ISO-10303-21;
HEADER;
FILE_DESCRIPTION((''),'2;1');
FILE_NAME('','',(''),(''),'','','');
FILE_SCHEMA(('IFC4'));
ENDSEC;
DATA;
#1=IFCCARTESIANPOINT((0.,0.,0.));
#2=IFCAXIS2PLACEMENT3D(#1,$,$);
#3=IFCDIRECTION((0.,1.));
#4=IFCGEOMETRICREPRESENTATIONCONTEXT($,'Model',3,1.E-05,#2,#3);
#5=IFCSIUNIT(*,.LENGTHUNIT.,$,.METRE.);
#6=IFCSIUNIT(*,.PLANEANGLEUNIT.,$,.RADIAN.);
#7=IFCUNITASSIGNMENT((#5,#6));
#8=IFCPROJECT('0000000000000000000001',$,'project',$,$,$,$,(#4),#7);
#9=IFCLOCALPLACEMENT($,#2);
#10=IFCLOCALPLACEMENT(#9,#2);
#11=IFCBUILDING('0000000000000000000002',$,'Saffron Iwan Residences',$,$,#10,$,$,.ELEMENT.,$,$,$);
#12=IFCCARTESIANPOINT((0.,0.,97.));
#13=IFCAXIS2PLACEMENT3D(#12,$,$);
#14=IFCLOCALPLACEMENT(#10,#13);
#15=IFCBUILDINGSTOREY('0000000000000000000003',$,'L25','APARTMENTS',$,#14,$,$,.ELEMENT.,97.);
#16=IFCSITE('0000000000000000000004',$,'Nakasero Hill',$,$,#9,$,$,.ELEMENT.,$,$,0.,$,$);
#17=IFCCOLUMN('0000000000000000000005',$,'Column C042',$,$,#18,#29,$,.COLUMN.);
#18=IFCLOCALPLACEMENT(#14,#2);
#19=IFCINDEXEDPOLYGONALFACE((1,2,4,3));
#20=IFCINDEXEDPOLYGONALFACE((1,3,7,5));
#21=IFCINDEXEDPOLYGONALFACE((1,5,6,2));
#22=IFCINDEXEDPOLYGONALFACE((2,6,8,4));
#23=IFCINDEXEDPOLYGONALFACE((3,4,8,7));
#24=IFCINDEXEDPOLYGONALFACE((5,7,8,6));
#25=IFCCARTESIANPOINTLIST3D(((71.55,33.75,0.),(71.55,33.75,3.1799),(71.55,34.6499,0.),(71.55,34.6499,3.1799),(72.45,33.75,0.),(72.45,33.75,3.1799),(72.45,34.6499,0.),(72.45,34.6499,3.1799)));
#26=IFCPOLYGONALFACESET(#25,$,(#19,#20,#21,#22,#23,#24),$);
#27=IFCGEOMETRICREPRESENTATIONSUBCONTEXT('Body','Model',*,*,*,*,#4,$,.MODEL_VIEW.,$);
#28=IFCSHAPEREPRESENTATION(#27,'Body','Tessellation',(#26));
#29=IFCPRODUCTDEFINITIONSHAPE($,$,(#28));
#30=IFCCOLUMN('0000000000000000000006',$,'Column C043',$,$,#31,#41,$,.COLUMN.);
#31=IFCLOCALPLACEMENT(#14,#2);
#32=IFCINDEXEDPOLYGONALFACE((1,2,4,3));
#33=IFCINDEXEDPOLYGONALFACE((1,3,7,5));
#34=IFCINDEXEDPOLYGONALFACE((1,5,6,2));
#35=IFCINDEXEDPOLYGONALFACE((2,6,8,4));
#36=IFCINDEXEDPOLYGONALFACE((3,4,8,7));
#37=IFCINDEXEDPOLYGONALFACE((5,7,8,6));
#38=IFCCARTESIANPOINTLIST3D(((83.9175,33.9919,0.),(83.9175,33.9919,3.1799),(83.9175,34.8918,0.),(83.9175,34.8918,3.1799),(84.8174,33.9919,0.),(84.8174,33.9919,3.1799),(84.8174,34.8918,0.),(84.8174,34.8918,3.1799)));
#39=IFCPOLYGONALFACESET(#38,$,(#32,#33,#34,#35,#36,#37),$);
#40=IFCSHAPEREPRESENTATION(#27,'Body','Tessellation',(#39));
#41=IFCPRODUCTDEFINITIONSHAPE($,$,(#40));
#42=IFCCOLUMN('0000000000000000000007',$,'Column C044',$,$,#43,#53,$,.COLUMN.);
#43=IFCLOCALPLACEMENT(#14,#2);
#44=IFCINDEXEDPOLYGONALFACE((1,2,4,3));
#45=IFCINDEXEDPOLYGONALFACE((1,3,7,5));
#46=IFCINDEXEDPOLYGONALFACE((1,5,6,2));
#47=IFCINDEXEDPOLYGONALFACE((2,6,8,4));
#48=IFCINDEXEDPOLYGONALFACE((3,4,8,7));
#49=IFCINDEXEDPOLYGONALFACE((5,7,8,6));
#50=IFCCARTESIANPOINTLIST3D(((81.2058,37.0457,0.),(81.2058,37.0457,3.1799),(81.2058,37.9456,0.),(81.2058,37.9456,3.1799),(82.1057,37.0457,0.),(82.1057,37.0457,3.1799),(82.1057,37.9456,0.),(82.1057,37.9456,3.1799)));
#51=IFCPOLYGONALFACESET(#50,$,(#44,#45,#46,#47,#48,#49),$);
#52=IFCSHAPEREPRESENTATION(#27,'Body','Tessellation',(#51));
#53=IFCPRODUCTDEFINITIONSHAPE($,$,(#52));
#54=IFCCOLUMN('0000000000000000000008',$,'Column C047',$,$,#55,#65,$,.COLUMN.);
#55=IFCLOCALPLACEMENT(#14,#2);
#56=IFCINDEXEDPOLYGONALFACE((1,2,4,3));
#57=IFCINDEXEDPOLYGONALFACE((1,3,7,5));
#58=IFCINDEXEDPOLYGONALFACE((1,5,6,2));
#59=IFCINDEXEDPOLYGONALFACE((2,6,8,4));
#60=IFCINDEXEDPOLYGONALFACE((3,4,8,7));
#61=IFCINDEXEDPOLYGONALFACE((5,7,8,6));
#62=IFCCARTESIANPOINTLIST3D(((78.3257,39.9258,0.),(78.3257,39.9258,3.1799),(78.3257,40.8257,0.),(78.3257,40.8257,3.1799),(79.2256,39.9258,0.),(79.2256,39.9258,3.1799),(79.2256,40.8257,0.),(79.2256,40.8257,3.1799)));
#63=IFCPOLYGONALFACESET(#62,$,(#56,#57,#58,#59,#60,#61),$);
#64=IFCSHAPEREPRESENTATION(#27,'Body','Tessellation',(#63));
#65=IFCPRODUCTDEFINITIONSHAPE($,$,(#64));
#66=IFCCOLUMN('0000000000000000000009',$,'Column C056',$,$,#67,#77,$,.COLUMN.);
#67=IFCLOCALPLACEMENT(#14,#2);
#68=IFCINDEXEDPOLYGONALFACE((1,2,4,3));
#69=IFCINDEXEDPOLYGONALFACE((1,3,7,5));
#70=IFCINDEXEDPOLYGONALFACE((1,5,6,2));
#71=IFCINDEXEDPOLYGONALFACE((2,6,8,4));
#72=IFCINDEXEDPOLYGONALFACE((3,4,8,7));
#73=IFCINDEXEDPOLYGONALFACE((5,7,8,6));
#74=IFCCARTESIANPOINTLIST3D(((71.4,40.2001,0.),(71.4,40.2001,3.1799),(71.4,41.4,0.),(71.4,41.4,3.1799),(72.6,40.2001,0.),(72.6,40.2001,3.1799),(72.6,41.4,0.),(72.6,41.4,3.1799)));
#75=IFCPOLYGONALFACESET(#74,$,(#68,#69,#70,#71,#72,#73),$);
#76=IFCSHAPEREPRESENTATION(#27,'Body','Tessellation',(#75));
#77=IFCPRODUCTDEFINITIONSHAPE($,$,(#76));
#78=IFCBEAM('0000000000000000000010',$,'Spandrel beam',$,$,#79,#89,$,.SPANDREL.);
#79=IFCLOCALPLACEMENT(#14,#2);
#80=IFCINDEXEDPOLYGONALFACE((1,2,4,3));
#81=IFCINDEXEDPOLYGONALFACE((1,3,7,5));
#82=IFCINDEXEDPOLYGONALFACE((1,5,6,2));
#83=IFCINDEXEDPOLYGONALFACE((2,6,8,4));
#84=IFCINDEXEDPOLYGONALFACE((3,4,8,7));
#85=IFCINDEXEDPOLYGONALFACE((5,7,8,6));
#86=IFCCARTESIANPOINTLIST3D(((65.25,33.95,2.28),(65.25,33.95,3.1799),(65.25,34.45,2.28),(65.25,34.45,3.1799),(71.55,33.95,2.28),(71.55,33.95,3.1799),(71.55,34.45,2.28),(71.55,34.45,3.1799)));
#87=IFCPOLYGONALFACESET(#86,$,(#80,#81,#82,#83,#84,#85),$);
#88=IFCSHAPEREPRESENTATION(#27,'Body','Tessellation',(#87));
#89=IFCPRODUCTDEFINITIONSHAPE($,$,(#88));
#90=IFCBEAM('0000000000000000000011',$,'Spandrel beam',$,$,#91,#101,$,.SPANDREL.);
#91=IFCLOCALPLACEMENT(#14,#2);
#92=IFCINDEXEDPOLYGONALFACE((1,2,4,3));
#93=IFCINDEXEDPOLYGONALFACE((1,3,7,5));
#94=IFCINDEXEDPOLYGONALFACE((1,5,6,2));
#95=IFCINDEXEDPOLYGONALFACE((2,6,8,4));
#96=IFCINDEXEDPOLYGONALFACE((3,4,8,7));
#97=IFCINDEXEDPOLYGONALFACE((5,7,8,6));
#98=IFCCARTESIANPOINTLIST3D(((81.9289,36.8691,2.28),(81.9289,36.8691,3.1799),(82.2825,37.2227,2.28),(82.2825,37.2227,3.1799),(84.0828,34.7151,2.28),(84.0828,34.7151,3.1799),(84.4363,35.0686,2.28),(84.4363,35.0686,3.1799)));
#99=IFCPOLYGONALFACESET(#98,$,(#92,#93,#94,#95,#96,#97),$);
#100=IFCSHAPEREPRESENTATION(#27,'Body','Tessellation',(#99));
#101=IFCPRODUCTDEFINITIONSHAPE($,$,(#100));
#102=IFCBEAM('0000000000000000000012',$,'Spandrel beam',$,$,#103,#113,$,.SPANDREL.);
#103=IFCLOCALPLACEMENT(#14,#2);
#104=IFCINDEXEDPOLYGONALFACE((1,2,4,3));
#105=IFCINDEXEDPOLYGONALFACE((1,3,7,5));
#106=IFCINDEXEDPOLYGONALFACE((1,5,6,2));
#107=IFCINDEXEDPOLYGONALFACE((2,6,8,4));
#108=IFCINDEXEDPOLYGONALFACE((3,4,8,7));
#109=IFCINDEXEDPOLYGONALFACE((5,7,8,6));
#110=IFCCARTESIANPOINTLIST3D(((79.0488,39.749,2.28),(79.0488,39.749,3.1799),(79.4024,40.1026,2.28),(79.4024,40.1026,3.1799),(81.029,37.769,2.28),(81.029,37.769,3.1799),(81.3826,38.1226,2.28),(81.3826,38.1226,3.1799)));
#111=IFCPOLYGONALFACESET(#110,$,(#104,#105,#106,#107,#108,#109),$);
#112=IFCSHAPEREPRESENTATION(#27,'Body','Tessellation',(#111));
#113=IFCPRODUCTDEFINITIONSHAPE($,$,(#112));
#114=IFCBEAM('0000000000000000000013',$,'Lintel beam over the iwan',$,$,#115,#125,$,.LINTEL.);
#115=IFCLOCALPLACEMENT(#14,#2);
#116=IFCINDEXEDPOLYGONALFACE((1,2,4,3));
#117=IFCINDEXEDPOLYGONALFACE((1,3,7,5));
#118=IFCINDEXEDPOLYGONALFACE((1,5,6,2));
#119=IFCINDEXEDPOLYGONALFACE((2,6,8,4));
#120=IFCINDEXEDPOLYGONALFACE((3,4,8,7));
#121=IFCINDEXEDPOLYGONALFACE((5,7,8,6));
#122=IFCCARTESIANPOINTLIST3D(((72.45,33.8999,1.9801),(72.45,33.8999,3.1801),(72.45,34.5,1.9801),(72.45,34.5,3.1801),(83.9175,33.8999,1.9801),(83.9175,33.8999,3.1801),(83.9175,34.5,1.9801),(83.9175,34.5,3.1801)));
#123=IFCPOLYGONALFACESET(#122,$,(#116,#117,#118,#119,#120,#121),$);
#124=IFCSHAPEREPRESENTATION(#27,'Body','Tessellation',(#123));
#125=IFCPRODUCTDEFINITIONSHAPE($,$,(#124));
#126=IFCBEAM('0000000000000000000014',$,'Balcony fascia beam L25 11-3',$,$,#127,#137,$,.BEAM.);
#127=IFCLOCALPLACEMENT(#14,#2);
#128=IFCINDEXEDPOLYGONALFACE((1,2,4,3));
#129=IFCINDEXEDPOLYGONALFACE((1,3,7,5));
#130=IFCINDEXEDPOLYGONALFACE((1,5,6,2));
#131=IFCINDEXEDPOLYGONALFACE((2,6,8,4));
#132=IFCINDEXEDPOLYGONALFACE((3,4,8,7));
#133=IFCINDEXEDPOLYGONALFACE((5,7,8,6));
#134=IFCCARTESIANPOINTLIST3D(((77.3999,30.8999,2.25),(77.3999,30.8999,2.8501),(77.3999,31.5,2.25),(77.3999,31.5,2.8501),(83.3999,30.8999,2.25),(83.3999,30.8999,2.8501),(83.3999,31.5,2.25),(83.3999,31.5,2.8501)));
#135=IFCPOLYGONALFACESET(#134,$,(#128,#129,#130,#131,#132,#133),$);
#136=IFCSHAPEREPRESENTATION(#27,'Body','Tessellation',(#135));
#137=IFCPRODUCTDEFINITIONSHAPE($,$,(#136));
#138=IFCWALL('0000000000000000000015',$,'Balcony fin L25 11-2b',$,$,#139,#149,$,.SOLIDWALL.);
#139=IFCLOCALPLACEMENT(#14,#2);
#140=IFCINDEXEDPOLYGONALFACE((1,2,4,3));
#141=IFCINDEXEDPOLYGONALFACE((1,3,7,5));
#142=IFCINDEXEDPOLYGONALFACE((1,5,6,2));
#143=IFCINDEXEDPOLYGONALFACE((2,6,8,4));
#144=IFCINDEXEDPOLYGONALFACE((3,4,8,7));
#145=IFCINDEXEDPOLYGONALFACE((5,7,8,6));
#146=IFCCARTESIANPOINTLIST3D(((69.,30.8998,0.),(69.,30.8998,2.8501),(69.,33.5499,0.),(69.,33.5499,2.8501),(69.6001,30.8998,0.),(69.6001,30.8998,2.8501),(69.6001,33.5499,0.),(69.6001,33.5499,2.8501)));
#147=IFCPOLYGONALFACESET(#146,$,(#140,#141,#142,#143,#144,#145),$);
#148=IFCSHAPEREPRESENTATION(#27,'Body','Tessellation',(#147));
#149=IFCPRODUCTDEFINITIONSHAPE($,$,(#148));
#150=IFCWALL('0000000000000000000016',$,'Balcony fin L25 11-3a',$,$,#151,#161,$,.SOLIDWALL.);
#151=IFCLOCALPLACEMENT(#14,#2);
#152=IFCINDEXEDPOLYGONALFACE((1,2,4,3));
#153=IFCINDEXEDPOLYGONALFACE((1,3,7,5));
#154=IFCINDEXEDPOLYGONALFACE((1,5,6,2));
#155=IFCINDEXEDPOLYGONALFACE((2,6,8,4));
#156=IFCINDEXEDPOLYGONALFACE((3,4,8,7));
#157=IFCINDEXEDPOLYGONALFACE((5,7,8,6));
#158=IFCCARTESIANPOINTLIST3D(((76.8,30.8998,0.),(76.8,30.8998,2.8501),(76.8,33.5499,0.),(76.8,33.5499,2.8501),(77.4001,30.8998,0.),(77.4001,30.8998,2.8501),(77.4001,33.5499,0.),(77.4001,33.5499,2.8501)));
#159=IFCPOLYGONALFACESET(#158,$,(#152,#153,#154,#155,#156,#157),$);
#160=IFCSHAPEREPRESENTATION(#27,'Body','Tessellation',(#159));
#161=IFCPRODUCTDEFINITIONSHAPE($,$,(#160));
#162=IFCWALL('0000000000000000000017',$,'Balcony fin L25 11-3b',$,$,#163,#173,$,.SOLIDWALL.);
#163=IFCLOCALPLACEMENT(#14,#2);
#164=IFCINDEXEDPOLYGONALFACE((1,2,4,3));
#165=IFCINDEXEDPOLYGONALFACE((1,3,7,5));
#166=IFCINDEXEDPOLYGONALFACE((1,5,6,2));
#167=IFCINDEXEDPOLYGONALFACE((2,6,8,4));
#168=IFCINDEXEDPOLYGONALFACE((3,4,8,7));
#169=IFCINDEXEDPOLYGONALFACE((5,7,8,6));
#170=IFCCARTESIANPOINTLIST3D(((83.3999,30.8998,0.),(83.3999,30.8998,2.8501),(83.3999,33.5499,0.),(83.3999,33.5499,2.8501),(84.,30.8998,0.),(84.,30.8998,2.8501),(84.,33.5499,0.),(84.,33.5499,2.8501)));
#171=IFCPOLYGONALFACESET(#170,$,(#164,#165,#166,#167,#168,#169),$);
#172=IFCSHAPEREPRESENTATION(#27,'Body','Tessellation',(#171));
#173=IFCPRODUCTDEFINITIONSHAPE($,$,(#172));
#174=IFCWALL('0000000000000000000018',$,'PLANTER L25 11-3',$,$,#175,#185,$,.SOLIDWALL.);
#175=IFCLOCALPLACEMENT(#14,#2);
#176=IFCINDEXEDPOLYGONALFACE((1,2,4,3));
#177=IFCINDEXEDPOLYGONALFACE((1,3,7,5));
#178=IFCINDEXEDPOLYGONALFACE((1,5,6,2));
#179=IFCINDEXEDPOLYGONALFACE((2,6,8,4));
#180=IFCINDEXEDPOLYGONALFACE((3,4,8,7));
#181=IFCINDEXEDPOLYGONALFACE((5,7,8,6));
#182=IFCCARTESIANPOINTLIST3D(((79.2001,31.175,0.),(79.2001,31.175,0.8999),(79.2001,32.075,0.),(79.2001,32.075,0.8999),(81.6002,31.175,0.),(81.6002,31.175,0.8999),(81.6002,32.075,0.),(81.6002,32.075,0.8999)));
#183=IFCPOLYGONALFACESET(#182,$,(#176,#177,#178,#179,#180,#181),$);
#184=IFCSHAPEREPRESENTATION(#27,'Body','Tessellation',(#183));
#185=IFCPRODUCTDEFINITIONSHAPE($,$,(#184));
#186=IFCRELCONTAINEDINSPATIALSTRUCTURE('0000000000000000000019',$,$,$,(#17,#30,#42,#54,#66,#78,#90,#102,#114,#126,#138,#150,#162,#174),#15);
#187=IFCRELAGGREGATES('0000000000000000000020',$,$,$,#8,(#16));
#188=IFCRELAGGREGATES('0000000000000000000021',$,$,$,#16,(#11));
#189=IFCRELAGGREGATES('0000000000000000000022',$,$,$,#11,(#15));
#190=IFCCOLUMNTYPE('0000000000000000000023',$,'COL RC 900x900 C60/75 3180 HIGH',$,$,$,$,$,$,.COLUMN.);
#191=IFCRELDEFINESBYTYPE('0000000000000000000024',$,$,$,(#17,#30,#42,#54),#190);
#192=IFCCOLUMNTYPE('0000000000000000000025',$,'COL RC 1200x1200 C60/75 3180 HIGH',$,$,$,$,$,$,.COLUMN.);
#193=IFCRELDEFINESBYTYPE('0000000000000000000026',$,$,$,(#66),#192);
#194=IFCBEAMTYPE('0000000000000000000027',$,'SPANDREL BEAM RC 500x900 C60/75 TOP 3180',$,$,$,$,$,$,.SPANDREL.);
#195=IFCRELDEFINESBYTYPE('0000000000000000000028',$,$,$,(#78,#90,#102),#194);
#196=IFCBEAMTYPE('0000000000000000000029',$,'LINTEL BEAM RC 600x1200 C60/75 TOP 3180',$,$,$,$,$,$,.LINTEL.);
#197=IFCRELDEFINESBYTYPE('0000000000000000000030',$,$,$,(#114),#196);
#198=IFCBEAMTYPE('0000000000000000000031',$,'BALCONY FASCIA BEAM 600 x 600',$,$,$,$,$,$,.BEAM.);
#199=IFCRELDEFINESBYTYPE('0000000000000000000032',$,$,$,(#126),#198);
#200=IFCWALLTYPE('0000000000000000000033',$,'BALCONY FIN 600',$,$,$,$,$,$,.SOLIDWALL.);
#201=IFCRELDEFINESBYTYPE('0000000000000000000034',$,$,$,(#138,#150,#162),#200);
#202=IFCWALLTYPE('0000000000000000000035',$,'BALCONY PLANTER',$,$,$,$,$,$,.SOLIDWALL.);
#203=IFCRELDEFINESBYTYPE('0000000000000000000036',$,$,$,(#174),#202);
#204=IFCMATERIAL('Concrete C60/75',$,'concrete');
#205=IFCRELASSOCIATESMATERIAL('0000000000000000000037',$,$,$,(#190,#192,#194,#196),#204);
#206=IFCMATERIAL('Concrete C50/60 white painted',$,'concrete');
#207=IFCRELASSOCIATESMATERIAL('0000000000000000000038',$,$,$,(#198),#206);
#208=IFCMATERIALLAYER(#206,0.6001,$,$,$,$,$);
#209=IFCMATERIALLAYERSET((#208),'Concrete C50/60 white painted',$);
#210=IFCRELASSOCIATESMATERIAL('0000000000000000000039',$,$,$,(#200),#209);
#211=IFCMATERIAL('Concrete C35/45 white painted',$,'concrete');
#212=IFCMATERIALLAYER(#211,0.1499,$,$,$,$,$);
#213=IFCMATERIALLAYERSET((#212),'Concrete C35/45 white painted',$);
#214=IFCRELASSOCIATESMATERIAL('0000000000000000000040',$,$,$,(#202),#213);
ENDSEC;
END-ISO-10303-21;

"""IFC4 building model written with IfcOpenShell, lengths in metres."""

from ifc_helpers import new_model, si_unit, direction, frame, frame_2d, origin, origin_2d, place, context, subcontext, project, spatial, rectangle, extrude, source, transform, mapped, material, layer, layer_set, material_profile, profile_set, type_object, element, save


model = new_model("IFC4")

# Units and contexts
model_context = context("Model", 3, precision=1e-05, world=origin(), true_north=direction((0.0, 1.0)))
body_context = subcontext(model_context, "Body", "Model", "MODEL_VIEW")
ifc_project = project(units=[si_unit("LENGTHUNIT", "METRE"), si_unit("PLANEANGLEUNIT", "RADIAN")], contexts=[model_context])

# Site, building, storey
site_placement = place(None, origin())
site = spatial("IfcSite", under=ifc_project, at=site_placement, Name="Nakasero Hill", CompositionType="ELEMENT", RefElevation=0.0)
building_placement = place(site_placement, origin())
building = spatial("IfcBuilding", under=site, at=building_placement, Name="Saffron Iwan Residences", CompositionType="ELEMENT")
storey_placement = place(building_placement, frame((0.0, 0.0, 97.0)))
storey = spatial("IfcBuildingStorey", under=building, at=storey_placement, Name="L25", Description="APARTMENTS", CompositionType="ELEMENT", Elevation=97.0)

# Columns
ifc_material_1 = material(Name="Concrete C60/75", Category="concrete")
ifc_material_profile_1 = material_profile(ifc_material_1, rectangle(XDim=0.8999, YDim=0.8999, at=origin_2d()), Name="RC 900x900")
ifc_profile_set_1 = profile_set([ifc_material_profile_1], Name="Concrete C60/75")
column_type_1 = type_object("IfcColumnType", Name="COL RC 900x900 C60/75 3180 HIGH", PredefinedType="COLUMN", material=ifc_profile_set_1)
shared_shape_1 = source(origin(), body_context, "Body", "SweptSolid", [
    extrude(rectangle(XDim=0.8999, YDim=0.8999, at=origin_2d()), origin(), (0.0, 0.0, 1.0), 3.1799),
])
for number, where, z_axis, x_axis, name in (
    (1, (72.0, 34.2, 0.0), (0.0, 0.0, 1.0), (1.0, 0.0, 0.0), "Column C042"),
    (2, (84.3674, 34.4419, 0.0), (0.0, 0.0, 1.0), (1.0, 0.0, 0.0), "Column C043"),
    (3, (81.6558, 37.4956, 0.0), (0.0, 0.0, 1.0), (1.0, 0.0, 0.0), "Column C044"),
    (4, (78.7756, 40.3757, 0.0), (0.0, 0.0, 1.0), (1.0, 0.0, 0.0), "Column C047"),
):
    element("IfcColumn", number, at=place(storey_placement, frame(where, z_axis=z_axis, x_axis=x_axis)), inside=storey, type_object=column_type_1, Name=name, PredefinedType="COLUMN", context=body_context, shape_type="MappedRepresentation", body=[
        mapped(shared_shape_1, transform((0.0, 0.0, 0.0))),
    ])
ifc_material_profile_2 = material_profile(ifc_material_1, rectangle(XDim=1.2, YDim=1.2, at=origin_2d()), Name="RC 1200x1200")
ifc_profile_set_2 = profile_set([ifc_material_profile_2], Name="Concrete C60/75")
column_type_2 = type_object("IfcColumnType", Name="COL RC 1200x1200 C60/75 3180 HIGH", PredefinedType="COLUMN", material=ifc_profile_set_2)
shared_shape_2 = source(origin(), body_context, "Body", "SweptSolid", [
    extrude(rectangle(XDim=1.2, YDim=1.2, at=origin_2d()), origin(), (0.0, 0.0, 1.0), 3.1799),
])
column_placement = place(storey_placement, frame((72.0, 40.8, 0.0), z_axis=(0.0, 0.0, 1.0), x_axis=(1.0, 0.0, 0.0)))
element("IfcColumn", 5, at=column_placement, inside=storey, type_object=column_type_2, Name="Column C056", PredefinedType="COLUMN", context=body_context, shape_type="MappedRepresentation", body=[
    mapped(shared_shape_2, transform((0.0, 0.0, 0.0))),
])

# Beams
ifc_material_profile_3 = material_profile(ifc_material_1, rectangle(XDim=0.5, YDim=0.8999, at=origin_2d()), Name="RC 500x900")
ifc_profile_set_3 = profile_set([ifc_material_profile_3], Name="Concrete C60/75")
beam_type_1 = type_object("IfcBeamType", Name="SPANDREL BEAM RC 500x900 C60/75 TOP 3180", PredefinedType="SPANDREL", material=ifc_profile_set_3)
shared_shape_3 = source(origin(), body_context, "Body", "SweptSolid", [
    extrude(rectangle(XDim=0.5, YDim=0.8999, at=origin_2d()), origin(), (0.0, 0.0, 1.0), 6.3),
])
beam_1_placement = place(storey_placement, frame((71.55, 34.2, 2.73), z_axis=(-1.0, 0.0, 0.0), x_axis=(0.0, -1.0, 0.0)))
element("IfcBeam", 6, at=beam_1_placement, inside=storey, type_object=beam_type_1, Name="Spandrel beam", PredefinedType="SPANDREL", context=body_context, shape_type="MappedRepresentation", body=[
    mapped(shared_shape_3, transform((0.0, 0.0, 0.0))),
])
shared_shape_4 = source(origin(), body_context, "Body", "SweptSolid", [
    extrude(rectangle(XDim=0.5, YDim=0.8999, at=origin_2d()), origin(), (0.0, 0.0, 1.0), 3.0461),
])
beam_2_placement = place(storey_placement, frame((82.1057, 37.0459, 2.73), z_axis=(0.707067, -0.707147, 0.0), x_axis=(0.707147, 0.707067, 0.0)))
element("IfcBeam", 7, at=beam_2_placement, inside=storey, type_object=beam_type_1, Name="Spandrel beam", PredefinedType="SPANDREL", context=body_context, shape_type="MappedRepresentation", body=[
    mapped(shared_shape_4, transform((0.0, 0.0, 0.0))),
])
shared_shape_5 = source(origin(), body_context, "Body", "SweptSolid", [
    extrude(rectangle(XDim=0.5, YDim=0.8999, at=origin_2d()), origin(), (0.0, 0.0, 1.0), 2.8003),
])
beam_3_placement = place(storey_placement, frame((79.2256, 39.9258, 2.73), z_axis=(0.70715, -0.707063, 0.0), x_axis=(0.707063, 0.70715, 0.0)))
element("IfcBeam", 8, at=beam_3_placement, inside=storey, type_object=beam_type_1, Name="Spandrel beam", PredefinedType="SPANDREL", context=body_context, shape_type="MappedRepresentation", body=[
    mapped(shared_shape_5, transform((0.0, 0.0, 0.0))),
])
ifc_material_profile_4 = material_profile(ifc_material_1, rectangle(XDim=0.6001, YDim=1.2, at=origin_2d()), Name="RC 600x1200")
ifc_profile_set_4 = profile_set([ifc_material_profile_4], Name="Concrete C60/75")
beam_type_2 = type_object("IfcBeamType", Name="LINTEL BEAM RC 600x1200 C60/75 TOP 3180", PredefinedType="LINTEL", material=ifc_profile_set_4)
shared_shape_6 = source(origin(), body_context, "Body", "SweptSolid", [
    extrude(rectangle(XDim=0.6001, YDim=1.2, at=origin_2d()), origin(), (0.0, 0.0, 1.0), 11.4675),
])
beam_4_placement = place(storey_placement, frame((83.9175, 34.2, 2.5801), z_axis=(-1.0, 0.0, 0.0), x_axis=(0.0, -1.0, 0.0)))
element("IfcBeam", 9, at=beam_4_placement, inside=storey, type_object=beam_type_2, Name="Lintel beam over the iwan", PredefinedType="LINTEL", context=body_context, shape_type="MappedRepresentation", body=[
    mapped(shared_shape_6, transform((0.0, 0.0, 0.0))),
])
ifc_material_2 = material(Name="Concrete C50/60 white painted", Category="concrete")
ifc_material_profile_5 = material_profile(ifc_material_2, rectangle(XDim=0.6001, YDim=0.6001, at=origin_2d()), Name="BALCONY FASCIA BEAM 600 x 600")
ifc_profile_set_5 = profile_set([ifc_material_profile_5], Name="Concrete C50/60 white painted")
beam_type_3 = type_object("IfcBeamType", Name="BALCONY FASCIA BEAM 600 x 600", PredefinedType="BEAM", material=ifc_profile_set_5)
shared_shape_7 = source(origin(), body_context, "Body", "SweptSolid", [
    extrude(rectangle(XDim=0.6001, YDim=0.6001, at=origin_2d()), origin(), (0.0, 0.0, 1.0), 6.0),
])
beam_5_placement = place(storey_placement, frame((77.3999, 31.2, 2.55), z_axis=(1.0, 0.0, 0.0), x_axis=(0.0, 1.0, 0.0)))
element("IfcBeam", 10, at=beam_5_placement, inside=storey, type_object=beam_type_3, Name="Balcony fascia beam L25 11-3", PredefinedType="BEAM", context=body_context, shape_type="MappedRepresentation", body=[
    mapped(shared_shape_7, transform((0.0, 0.0, 0.0))),
])

# Walls
ifc_layer_1 = layer(ifc_material_2, 0.6001)
ifc_layer_set_1 = layer_set([ifc_layer_1], Name="Concrete C50/60 white painted")
wall_type_1 = type_object("IfcWallType", Name="BALCONY FIN 600", PredefinedType="SOLIDWALL", material=ifc_layer_set_1)
for number, where, z_axis, x_axis, name in (
    (11, (69.3, 33.55, 0.0), (0.0, 0.0, 1.0), (0.0, -1.0, 0.0), "Balcony fin L25 11-2b"),
    (12, (77.1001, 33.55, 0.0), (0.0, 0.0, 1.0), (0.0, -1.0, 0.0), "Balcony fin L25 11-3a"),
    (13, (83.7, 33.55, 0.0), (0.0, 0.0, 1.0), (0.0, -1.0, 0.0), "Balcony fin L25 11-3b"),
):
    element("IfcWall", number, at=place(storey_placement, frame(where, z_axis=z_axis, x_axis=x_axis)), inside=storey, type_object=wall_type_1, Name=name, PredefinedType="SOLIDWALL", context=body_context, shape_type="SweptSolid", body=[
        extrude(rectangle(XDim=2.6501, YDim=0.6001, at=frame_2d((1.3252, 0.0))), origin(), (0.0, 0.0, 1.0), 2.8501),
    ])
ifc_material_3 = material(Name="Concrete C35/45 white painted", Category="concrete")
ifc_layer_2 = layer(ifc_material_3, 0.1499)
ifc_layer_set_2 = layer_set([ifc_layer_2], Name="Concrete C35/45 white painted")
wall_type_2 = type_object("IfcWallType", Name="BALCONY PLANTER", PredefinedType="SOLIDWALL", material=ifc_layer_set_2)
wall_1_placement = place(storey_placement, frame((79.2, 31.625, 0.0), z_axis=(0.0, 0.0, 1.0), x_axis=(1.0, 0.0, 0.0)))
element("IfcWall", 14, at=wall_1_placement, inside=storey, type_object=wall_type_2, Name="PLANTER L25 11-3", PredefinedType="SOLIDWALL", context=body_context, shape_type="SweptSolid", body=[
    extrude(rectangle(XDim=2.4001, YDim=0.8999, at=frame_2d((1.2002, 0.0))), origin(), (0.0, 0.0, 1.0), 0.8999),
])

save(model, "model.ifc")
